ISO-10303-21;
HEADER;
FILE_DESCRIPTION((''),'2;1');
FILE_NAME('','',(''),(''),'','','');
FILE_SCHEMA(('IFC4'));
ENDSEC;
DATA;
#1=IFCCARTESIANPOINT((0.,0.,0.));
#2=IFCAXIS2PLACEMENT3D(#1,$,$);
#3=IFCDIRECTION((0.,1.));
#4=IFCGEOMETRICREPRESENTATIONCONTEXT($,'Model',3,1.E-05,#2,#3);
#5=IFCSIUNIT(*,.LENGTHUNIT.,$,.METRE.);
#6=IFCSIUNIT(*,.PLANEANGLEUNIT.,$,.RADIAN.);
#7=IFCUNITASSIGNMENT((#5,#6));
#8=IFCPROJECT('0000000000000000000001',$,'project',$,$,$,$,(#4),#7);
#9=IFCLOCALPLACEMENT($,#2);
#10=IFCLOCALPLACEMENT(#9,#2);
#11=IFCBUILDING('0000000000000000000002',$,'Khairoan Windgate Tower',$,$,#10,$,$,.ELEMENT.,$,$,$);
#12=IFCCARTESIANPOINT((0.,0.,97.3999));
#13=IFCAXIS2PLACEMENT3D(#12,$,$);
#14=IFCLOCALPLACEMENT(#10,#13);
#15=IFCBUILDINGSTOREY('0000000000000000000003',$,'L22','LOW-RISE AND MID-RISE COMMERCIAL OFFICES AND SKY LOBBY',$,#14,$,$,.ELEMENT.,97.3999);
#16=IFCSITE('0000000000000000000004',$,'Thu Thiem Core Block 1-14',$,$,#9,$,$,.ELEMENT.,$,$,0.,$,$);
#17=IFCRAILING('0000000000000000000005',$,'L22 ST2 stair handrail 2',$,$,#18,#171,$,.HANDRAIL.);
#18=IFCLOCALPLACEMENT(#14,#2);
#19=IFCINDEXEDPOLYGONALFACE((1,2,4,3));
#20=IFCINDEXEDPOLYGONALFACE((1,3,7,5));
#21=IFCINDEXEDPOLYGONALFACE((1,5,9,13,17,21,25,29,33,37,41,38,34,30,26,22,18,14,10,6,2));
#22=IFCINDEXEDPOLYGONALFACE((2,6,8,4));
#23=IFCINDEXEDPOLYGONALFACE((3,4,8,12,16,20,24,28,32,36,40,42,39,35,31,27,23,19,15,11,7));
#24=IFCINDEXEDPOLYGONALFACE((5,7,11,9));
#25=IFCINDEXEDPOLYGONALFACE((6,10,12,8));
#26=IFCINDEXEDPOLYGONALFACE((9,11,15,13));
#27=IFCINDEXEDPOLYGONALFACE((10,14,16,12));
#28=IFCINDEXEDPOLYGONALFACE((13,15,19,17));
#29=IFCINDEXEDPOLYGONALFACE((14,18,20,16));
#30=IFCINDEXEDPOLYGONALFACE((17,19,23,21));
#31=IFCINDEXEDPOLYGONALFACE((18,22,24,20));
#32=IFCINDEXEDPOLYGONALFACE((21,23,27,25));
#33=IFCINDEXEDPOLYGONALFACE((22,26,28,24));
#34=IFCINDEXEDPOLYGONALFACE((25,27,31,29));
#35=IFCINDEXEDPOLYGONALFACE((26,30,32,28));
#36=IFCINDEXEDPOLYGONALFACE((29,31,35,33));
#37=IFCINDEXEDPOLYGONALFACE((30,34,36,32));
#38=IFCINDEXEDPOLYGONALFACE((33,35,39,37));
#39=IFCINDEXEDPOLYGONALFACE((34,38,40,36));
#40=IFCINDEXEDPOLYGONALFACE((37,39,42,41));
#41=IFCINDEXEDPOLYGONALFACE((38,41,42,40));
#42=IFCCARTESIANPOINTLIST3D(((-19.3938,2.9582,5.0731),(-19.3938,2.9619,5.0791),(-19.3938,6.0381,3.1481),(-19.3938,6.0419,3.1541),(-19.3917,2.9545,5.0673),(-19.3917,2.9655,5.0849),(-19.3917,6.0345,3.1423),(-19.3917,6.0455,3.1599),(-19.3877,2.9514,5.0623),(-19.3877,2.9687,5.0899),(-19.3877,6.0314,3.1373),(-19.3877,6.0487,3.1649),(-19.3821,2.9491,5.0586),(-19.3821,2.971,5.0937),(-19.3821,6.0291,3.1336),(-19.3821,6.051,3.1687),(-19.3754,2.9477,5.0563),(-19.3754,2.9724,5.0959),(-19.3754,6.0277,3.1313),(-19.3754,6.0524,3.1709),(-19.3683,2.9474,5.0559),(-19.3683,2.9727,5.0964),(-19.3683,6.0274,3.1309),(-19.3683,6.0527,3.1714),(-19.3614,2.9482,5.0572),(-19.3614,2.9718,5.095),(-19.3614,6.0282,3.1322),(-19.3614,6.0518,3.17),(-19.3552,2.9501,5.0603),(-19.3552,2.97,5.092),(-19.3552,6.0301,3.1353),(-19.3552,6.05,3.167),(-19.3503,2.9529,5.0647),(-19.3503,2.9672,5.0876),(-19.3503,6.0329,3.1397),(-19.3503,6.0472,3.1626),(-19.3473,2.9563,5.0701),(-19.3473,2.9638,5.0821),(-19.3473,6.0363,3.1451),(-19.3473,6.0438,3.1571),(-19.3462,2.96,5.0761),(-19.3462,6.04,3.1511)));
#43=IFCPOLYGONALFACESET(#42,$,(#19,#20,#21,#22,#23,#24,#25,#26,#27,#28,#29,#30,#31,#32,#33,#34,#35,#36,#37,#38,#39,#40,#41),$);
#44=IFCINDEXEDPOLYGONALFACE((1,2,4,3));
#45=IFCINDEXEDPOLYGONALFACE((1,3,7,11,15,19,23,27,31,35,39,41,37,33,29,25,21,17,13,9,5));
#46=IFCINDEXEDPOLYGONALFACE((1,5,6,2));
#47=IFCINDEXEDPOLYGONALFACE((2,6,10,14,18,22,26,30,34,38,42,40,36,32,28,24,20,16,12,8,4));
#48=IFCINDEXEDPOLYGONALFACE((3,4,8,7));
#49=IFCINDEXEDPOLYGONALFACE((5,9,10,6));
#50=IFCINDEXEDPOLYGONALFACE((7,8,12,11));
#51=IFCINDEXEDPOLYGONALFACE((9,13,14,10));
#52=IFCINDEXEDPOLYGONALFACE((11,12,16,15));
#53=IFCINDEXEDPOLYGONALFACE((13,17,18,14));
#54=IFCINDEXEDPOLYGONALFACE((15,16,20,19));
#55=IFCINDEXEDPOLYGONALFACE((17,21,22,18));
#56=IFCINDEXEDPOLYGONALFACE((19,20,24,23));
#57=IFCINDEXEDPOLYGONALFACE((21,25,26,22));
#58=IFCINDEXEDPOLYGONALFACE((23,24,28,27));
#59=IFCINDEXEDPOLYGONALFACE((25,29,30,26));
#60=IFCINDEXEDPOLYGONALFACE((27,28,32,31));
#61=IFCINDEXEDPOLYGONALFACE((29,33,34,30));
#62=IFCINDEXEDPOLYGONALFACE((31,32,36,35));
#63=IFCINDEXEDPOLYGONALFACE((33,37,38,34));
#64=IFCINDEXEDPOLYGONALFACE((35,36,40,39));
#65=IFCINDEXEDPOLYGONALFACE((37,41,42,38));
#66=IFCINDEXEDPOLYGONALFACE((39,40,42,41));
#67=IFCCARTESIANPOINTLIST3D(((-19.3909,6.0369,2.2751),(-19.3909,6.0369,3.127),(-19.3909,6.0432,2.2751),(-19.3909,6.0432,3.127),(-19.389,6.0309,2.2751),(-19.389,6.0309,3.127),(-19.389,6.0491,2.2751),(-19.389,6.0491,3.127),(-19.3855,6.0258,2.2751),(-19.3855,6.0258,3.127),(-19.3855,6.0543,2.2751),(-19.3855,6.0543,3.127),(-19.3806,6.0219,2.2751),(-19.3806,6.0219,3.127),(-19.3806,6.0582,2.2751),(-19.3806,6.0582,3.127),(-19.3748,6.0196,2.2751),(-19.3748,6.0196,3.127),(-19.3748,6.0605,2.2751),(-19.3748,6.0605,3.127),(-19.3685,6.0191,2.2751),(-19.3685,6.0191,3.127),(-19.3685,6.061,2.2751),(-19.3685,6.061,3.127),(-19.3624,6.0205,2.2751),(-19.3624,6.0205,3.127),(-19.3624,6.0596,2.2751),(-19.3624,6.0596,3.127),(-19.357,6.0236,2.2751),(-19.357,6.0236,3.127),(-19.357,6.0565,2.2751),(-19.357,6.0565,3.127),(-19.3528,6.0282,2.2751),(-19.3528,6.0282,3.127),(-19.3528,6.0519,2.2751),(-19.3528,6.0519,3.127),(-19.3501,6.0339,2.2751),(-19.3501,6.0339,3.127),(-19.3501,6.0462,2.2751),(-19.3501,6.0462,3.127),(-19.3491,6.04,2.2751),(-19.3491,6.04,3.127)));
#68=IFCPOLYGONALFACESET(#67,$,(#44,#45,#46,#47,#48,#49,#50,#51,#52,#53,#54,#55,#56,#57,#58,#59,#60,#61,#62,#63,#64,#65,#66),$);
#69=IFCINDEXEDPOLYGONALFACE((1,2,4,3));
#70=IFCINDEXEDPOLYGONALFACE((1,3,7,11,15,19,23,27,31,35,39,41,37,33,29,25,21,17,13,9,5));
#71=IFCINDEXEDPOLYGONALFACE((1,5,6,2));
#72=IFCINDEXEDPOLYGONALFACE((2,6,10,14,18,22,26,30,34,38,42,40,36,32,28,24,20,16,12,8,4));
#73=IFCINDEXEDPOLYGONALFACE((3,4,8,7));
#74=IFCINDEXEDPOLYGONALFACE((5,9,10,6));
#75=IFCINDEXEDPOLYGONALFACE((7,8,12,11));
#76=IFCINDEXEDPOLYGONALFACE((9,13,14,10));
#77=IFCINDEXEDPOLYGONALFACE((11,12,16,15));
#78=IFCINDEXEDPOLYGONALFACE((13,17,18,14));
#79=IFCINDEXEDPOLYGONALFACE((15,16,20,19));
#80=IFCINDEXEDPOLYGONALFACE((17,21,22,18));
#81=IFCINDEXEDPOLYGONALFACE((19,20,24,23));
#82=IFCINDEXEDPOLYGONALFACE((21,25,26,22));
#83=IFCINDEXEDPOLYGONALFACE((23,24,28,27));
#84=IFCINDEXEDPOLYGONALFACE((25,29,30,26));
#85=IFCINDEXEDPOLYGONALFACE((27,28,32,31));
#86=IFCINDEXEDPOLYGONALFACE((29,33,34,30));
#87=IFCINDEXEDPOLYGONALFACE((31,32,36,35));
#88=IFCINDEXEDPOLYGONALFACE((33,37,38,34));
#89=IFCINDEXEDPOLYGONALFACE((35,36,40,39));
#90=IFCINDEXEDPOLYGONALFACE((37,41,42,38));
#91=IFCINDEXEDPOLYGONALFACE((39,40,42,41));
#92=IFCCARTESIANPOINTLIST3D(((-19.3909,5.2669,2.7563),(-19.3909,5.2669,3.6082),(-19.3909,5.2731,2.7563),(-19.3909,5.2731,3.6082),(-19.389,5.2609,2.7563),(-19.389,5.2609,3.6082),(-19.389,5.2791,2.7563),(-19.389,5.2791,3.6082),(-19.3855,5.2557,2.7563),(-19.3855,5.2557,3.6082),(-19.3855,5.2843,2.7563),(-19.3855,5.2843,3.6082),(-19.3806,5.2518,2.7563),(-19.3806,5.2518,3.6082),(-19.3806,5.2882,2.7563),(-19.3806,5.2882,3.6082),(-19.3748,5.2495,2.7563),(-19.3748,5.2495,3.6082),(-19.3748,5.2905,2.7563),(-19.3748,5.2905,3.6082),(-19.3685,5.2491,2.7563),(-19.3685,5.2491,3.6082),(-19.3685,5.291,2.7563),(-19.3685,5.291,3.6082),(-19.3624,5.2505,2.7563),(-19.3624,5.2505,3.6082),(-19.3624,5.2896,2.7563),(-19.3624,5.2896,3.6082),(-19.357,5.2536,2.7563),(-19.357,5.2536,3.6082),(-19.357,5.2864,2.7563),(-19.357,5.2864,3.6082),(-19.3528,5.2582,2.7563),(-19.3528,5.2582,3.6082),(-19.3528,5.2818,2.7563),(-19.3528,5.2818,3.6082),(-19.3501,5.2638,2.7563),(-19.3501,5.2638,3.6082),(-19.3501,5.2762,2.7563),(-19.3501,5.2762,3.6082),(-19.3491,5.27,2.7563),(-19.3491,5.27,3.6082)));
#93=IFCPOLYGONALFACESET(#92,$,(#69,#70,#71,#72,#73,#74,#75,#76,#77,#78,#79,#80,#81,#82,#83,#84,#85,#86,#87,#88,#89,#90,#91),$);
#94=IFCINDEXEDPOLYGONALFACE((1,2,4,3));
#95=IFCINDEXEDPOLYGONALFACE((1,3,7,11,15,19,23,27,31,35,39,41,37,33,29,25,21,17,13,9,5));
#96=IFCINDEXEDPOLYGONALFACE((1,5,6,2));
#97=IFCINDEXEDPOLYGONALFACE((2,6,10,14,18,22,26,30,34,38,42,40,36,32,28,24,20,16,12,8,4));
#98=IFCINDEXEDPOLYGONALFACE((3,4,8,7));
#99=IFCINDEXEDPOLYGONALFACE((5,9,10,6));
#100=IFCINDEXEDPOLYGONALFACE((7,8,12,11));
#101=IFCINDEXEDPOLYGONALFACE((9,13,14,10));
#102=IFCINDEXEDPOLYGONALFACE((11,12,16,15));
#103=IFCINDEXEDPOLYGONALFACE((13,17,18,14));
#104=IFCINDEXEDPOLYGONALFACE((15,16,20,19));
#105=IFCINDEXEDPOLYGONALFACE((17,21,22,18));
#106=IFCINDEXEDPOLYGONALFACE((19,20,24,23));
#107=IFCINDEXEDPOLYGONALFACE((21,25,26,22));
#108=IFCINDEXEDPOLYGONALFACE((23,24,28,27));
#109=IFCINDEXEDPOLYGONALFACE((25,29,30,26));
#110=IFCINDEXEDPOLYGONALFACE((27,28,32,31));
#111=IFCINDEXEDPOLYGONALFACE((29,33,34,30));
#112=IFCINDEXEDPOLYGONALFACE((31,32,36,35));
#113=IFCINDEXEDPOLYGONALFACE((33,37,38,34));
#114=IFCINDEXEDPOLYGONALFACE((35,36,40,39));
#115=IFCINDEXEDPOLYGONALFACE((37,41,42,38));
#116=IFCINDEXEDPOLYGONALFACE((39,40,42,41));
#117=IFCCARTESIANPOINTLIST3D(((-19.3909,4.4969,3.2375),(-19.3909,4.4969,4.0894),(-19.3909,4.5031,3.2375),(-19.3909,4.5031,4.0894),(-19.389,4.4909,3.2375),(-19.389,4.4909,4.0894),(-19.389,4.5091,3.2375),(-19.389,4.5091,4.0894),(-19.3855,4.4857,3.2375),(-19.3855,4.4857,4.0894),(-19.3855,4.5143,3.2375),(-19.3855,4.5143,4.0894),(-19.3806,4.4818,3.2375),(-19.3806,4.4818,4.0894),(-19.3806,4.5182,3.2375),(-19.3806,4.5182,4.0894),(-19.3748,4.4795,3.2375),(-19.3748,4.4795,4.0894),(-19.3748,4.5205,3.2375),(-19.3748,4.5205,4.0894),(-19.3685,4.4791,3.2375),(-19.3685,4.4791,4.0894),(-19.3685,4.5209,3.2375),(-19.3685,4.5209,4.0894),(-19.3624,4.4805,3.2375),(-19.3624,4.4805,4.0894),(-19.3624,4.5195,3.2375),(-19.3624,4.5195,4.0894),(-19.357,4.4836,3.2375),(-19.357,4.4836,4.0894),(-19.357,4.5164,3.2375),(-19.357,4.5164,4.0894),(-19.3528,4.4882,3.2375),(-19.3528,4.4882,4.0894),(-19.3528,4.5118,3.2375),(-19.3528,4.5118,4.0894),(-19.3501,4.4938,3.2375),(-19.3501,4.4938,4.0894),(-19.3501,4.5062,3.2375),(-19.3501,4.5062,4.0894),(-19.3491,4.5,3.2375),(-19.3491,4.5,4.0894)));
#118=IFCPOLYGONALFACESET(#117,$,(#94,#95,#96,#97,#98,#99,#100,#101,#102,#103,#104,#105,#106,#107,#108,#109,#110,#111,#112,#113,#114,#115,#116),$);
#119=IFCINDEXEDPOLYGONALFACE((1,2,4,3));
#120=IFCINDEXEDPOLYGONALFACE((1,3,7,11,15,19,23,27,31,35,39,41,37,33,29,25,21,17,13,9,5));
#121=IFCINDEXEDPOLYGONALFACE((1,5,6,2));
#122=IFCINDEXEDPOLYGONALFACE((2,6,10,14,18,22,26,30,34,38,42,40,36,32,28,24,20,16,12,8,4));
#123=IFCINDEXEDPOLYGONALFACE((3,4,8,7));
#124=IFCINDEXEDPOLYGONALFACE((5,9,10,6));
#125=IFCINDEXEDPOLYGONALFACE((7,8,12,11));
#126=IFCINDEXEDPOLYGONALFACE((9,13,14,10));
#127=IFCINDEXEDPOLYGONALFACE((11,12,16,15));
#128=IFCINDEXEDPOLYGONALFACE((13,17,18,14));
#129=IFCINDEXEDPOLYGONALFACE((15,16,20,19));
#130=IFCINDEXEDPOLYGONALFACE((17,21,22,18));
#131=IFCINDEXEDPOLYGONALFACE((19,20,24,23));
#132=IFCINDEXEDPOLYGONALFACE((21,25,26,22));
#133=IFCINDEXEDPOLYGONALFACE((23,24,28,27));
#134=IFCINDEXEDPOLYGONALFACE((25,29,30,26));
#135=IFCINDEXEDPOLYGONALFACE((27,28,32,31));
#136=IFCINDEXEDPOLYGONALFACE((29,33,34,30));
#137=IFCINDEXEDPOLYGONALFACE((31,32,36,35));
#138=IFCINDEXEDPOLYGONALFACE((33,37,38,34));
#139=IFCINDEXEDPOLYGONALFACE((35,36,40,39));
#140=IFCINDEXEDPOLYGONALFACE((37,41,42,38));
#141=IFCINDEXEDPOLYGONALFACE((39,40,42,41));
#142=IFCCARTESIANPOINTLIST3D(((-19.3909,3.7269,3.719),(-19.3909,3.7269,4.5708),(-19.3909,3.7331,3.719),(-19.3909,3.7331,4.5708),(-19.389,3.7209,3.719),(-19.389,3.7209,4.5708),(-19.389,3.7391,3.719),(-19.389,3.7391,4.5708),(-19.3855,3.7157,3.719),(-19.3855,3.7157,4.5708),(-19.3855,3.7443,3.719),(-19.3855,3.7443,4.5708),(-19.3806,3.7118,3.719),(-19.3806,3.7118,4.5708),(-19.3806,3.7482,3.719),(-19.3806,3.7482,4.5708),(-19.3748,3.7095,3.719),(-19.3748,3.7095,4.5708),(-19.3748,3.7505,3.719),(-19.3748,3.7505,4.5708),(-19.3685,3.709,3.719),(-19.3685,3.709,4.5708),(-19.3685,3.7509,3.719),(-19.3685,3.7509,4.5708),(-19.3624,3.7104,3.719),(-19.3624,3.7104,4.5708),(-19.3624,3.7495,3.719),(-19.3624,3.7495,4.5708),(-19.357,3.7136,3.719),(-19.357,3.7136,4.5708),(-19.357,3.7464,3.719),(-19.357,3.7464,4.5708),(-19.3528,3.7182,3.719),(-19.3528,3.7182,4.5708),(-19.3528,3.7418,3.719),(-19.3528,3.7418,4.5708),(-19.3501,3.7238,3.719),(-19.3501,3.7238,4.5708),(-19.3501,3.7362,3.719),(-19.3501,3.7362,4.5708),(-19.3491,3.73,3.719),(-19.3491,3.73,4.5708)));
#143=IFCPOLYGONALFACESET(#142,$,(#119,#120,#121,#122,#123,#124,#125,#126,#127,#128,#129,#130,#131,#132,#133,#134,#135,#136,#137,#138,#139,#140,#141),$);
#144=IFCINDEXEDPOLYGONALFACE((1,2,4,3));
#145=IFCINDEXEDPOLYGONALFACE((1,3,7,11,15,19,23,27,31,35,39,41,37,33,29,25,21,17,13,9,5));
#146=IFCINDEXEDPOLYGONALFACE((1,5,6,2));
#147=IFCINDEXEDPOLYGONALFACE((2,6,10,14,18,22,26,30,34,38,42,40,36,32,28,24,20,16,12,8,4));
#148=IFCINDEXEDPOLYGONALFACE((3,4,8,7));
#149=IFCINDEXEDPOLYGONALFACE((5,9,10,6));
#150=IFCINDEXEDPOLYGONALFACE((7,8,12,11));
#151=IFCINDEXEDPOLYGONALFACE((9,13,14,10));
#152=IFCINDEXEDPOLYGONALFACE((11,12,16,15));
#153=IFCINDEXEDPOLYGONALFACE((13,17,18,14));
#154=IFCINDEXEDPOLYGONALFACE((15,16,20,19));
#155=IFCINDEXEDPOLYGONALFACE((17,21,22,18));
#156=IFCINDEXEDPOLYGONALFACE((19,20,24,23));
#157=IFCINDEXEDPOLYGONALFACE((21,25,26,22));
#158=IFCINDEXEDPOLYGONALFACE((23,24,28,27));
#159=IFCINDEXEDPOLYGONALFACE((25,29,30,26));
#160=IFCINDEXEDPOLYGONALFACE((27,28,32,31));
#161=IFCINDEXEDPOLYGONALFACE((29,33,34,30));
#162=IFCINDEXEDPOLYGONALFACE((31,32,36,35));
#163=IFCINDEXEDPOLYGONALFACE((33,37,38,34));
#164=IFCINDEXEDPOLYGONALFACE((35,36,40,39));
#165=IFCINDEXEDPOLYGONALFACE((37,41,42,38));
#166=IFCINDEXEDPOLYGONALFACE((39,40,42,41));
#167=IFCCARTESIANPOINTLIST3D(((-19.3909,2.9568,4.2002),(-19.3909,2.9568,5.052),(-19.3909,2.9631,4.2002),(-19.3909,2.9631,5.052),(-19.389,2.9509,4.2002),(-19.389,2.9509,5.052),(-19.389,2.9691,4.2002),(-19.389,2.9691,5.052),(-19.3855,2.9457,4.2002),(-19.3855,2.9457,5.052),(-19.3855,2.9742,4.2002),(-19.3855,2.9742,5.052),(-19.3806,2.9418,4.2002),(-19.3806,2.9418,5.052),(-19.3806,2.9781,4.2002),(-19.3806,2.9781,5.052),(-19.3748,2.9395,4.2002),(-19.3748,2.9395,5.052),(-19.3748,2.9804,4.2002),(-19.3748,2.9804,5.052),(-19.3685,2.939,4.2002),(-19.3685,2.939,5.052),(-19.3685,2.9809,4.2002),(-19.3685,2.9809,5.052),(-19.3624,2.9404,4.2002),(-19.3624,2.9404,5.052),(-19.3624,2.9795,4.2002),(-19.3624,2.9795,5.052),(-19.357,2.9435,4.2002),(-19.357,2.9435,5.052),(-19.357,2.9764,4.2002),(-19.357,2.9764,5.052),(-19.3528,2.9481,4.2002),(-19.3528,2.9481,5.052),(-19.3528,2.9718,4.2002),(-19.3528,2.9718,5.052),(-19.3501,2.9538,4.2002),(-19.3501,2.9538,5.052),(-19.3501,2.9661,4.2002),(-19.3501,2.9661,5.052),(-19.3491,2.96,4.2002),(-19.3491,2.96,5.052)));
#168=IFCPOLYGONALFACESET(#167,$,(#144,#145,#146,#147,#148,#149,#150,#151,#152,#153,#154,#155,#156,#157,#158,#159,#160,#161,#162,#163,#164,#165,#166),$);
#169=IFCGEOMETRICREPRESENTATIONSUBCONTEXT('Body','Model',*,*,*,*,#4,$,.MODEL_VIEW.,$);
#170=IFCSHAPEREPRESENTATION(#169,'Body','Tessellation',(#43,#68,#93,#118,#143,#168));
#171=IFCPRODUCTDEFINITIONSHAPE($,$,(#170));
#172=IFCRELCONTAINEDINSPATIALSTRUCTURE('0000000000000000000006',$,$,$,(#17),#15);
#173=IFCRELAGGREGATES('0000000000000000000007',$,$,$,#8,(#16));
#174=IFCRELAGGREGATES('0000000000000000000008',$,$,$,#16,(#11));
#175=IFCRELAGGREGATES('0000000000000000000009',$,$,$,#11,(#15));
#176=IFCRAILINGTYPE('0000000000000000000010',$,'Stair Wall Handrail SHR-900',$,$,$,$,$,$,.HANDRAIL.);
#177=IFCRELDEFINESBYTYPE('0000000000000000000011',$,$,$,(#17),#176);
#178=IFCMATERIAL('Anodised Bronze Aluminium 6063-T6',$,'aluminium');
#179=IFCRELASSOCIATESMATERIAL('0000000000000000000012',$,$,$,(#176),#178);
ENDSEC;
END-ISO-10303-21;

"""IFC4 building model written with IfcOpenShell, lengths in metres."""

from ifc_helpers import new_model, si_unit, direction, frame, origin, origin_2d, place, context, subcontext, project, spatial, circle, extrude, material, type_object, element, save


model = new_model("IFC4")

# Units and contexts
model_context = context("Model", 3, precision=1e-05, world=origin(), true_north=direction((0.0, 1.0)))
body_context = subcontext(model_context, "Body", "Model", "MODEL_VIEW")
ifc_project = project(units=[si_unit("LENGTHUNIT", "METRE"), si_unit("PLANEANGLEUNIT", "RADIAN")], contexts=[model_context])

# Site, building, storey
site_placement = place(None, origin())
site = spatial("IfcSite", under=ifc_project, at=site_placement, Name="Thu Thiem Core Block 1-14", CompositionType="ELEMENT", RefElevation=0.0)
building_placement = place(site_placement, origin())
building = spatial("IfcBuilding", under=site, at=building_placement, Name="Khairoan Windgate Tower", CompositionType="ELEMENT")
storey_placement = place(building_placement, frame((0.0, 0.0, 97.3999)))
storey = spatial("IfcBuildingStorey", under=building, at=storey_placement, Name="L22", Description="LOW-RISE AND MID-RISE COMMERCIAL OFFICES AND SKY LOBBY", CompositionType="ELEMENT", Elevation=97.3999)

# Railing
ifc_material_1 = material(Name="Anodised Bronze Aluminium 6063-T6", Category="aluminium")
railing_type_1 = type_object("IfcRailingType", Name="Stair Wall Handrail SHR-900", PredefinedType="HANDRAIL", material=ifc_material_1)
railing_1_placement = place(storey_placement, frame((-19.3701, 6.04, 2.2751)))
element("IfcRailing", 1, at=railing_1_placement, inside=storey, type_object=railing_type_1, Name="L22 ST2 stair handrail 2", PredefinedType="HANDRAIL", context=body_context, shape_type="SweptSolid", body=[
    extrude(circle(Radius=0.0239, at=origin_2d()), frame((0.0, 0.0, 0.876), z_axis=(0.0, -0.847998, 0.529999), x_axis=(1.0, 0.0, 0.0)), (0.0, 0.0, 1.0), 3.6321),
    extrude(circle(Radius=0.021, at=origin_2d()), origin(), (0.0, 0.0, 1.0), 0.8518),
    extrude(circle(Radius=0.021, at=origin_2d()), frame((0.0, -0.77, 0.4812)), (0.0, 0.0, 1.0), 0.8518),
    extrude(circle(Radius=0.021, at=origin_2d()), frame((0.0, -1.54, 0.9624)), (0.0, 0.0, 1.0), 0.8518),
    extrude(circle(Radius=0.021, at=origin_2d()), frame((0.0, -2.3101, 1.4438)), (0.0, 0.0, 1.0), 0.8518),
    extrude(circle(Radius=0.021, at=origin_2d()), frame((0.0, -3.0801, 1.925)), (0.0, 0.0, 1.0), 0.8518),
])

save(model, "model.ifc")
